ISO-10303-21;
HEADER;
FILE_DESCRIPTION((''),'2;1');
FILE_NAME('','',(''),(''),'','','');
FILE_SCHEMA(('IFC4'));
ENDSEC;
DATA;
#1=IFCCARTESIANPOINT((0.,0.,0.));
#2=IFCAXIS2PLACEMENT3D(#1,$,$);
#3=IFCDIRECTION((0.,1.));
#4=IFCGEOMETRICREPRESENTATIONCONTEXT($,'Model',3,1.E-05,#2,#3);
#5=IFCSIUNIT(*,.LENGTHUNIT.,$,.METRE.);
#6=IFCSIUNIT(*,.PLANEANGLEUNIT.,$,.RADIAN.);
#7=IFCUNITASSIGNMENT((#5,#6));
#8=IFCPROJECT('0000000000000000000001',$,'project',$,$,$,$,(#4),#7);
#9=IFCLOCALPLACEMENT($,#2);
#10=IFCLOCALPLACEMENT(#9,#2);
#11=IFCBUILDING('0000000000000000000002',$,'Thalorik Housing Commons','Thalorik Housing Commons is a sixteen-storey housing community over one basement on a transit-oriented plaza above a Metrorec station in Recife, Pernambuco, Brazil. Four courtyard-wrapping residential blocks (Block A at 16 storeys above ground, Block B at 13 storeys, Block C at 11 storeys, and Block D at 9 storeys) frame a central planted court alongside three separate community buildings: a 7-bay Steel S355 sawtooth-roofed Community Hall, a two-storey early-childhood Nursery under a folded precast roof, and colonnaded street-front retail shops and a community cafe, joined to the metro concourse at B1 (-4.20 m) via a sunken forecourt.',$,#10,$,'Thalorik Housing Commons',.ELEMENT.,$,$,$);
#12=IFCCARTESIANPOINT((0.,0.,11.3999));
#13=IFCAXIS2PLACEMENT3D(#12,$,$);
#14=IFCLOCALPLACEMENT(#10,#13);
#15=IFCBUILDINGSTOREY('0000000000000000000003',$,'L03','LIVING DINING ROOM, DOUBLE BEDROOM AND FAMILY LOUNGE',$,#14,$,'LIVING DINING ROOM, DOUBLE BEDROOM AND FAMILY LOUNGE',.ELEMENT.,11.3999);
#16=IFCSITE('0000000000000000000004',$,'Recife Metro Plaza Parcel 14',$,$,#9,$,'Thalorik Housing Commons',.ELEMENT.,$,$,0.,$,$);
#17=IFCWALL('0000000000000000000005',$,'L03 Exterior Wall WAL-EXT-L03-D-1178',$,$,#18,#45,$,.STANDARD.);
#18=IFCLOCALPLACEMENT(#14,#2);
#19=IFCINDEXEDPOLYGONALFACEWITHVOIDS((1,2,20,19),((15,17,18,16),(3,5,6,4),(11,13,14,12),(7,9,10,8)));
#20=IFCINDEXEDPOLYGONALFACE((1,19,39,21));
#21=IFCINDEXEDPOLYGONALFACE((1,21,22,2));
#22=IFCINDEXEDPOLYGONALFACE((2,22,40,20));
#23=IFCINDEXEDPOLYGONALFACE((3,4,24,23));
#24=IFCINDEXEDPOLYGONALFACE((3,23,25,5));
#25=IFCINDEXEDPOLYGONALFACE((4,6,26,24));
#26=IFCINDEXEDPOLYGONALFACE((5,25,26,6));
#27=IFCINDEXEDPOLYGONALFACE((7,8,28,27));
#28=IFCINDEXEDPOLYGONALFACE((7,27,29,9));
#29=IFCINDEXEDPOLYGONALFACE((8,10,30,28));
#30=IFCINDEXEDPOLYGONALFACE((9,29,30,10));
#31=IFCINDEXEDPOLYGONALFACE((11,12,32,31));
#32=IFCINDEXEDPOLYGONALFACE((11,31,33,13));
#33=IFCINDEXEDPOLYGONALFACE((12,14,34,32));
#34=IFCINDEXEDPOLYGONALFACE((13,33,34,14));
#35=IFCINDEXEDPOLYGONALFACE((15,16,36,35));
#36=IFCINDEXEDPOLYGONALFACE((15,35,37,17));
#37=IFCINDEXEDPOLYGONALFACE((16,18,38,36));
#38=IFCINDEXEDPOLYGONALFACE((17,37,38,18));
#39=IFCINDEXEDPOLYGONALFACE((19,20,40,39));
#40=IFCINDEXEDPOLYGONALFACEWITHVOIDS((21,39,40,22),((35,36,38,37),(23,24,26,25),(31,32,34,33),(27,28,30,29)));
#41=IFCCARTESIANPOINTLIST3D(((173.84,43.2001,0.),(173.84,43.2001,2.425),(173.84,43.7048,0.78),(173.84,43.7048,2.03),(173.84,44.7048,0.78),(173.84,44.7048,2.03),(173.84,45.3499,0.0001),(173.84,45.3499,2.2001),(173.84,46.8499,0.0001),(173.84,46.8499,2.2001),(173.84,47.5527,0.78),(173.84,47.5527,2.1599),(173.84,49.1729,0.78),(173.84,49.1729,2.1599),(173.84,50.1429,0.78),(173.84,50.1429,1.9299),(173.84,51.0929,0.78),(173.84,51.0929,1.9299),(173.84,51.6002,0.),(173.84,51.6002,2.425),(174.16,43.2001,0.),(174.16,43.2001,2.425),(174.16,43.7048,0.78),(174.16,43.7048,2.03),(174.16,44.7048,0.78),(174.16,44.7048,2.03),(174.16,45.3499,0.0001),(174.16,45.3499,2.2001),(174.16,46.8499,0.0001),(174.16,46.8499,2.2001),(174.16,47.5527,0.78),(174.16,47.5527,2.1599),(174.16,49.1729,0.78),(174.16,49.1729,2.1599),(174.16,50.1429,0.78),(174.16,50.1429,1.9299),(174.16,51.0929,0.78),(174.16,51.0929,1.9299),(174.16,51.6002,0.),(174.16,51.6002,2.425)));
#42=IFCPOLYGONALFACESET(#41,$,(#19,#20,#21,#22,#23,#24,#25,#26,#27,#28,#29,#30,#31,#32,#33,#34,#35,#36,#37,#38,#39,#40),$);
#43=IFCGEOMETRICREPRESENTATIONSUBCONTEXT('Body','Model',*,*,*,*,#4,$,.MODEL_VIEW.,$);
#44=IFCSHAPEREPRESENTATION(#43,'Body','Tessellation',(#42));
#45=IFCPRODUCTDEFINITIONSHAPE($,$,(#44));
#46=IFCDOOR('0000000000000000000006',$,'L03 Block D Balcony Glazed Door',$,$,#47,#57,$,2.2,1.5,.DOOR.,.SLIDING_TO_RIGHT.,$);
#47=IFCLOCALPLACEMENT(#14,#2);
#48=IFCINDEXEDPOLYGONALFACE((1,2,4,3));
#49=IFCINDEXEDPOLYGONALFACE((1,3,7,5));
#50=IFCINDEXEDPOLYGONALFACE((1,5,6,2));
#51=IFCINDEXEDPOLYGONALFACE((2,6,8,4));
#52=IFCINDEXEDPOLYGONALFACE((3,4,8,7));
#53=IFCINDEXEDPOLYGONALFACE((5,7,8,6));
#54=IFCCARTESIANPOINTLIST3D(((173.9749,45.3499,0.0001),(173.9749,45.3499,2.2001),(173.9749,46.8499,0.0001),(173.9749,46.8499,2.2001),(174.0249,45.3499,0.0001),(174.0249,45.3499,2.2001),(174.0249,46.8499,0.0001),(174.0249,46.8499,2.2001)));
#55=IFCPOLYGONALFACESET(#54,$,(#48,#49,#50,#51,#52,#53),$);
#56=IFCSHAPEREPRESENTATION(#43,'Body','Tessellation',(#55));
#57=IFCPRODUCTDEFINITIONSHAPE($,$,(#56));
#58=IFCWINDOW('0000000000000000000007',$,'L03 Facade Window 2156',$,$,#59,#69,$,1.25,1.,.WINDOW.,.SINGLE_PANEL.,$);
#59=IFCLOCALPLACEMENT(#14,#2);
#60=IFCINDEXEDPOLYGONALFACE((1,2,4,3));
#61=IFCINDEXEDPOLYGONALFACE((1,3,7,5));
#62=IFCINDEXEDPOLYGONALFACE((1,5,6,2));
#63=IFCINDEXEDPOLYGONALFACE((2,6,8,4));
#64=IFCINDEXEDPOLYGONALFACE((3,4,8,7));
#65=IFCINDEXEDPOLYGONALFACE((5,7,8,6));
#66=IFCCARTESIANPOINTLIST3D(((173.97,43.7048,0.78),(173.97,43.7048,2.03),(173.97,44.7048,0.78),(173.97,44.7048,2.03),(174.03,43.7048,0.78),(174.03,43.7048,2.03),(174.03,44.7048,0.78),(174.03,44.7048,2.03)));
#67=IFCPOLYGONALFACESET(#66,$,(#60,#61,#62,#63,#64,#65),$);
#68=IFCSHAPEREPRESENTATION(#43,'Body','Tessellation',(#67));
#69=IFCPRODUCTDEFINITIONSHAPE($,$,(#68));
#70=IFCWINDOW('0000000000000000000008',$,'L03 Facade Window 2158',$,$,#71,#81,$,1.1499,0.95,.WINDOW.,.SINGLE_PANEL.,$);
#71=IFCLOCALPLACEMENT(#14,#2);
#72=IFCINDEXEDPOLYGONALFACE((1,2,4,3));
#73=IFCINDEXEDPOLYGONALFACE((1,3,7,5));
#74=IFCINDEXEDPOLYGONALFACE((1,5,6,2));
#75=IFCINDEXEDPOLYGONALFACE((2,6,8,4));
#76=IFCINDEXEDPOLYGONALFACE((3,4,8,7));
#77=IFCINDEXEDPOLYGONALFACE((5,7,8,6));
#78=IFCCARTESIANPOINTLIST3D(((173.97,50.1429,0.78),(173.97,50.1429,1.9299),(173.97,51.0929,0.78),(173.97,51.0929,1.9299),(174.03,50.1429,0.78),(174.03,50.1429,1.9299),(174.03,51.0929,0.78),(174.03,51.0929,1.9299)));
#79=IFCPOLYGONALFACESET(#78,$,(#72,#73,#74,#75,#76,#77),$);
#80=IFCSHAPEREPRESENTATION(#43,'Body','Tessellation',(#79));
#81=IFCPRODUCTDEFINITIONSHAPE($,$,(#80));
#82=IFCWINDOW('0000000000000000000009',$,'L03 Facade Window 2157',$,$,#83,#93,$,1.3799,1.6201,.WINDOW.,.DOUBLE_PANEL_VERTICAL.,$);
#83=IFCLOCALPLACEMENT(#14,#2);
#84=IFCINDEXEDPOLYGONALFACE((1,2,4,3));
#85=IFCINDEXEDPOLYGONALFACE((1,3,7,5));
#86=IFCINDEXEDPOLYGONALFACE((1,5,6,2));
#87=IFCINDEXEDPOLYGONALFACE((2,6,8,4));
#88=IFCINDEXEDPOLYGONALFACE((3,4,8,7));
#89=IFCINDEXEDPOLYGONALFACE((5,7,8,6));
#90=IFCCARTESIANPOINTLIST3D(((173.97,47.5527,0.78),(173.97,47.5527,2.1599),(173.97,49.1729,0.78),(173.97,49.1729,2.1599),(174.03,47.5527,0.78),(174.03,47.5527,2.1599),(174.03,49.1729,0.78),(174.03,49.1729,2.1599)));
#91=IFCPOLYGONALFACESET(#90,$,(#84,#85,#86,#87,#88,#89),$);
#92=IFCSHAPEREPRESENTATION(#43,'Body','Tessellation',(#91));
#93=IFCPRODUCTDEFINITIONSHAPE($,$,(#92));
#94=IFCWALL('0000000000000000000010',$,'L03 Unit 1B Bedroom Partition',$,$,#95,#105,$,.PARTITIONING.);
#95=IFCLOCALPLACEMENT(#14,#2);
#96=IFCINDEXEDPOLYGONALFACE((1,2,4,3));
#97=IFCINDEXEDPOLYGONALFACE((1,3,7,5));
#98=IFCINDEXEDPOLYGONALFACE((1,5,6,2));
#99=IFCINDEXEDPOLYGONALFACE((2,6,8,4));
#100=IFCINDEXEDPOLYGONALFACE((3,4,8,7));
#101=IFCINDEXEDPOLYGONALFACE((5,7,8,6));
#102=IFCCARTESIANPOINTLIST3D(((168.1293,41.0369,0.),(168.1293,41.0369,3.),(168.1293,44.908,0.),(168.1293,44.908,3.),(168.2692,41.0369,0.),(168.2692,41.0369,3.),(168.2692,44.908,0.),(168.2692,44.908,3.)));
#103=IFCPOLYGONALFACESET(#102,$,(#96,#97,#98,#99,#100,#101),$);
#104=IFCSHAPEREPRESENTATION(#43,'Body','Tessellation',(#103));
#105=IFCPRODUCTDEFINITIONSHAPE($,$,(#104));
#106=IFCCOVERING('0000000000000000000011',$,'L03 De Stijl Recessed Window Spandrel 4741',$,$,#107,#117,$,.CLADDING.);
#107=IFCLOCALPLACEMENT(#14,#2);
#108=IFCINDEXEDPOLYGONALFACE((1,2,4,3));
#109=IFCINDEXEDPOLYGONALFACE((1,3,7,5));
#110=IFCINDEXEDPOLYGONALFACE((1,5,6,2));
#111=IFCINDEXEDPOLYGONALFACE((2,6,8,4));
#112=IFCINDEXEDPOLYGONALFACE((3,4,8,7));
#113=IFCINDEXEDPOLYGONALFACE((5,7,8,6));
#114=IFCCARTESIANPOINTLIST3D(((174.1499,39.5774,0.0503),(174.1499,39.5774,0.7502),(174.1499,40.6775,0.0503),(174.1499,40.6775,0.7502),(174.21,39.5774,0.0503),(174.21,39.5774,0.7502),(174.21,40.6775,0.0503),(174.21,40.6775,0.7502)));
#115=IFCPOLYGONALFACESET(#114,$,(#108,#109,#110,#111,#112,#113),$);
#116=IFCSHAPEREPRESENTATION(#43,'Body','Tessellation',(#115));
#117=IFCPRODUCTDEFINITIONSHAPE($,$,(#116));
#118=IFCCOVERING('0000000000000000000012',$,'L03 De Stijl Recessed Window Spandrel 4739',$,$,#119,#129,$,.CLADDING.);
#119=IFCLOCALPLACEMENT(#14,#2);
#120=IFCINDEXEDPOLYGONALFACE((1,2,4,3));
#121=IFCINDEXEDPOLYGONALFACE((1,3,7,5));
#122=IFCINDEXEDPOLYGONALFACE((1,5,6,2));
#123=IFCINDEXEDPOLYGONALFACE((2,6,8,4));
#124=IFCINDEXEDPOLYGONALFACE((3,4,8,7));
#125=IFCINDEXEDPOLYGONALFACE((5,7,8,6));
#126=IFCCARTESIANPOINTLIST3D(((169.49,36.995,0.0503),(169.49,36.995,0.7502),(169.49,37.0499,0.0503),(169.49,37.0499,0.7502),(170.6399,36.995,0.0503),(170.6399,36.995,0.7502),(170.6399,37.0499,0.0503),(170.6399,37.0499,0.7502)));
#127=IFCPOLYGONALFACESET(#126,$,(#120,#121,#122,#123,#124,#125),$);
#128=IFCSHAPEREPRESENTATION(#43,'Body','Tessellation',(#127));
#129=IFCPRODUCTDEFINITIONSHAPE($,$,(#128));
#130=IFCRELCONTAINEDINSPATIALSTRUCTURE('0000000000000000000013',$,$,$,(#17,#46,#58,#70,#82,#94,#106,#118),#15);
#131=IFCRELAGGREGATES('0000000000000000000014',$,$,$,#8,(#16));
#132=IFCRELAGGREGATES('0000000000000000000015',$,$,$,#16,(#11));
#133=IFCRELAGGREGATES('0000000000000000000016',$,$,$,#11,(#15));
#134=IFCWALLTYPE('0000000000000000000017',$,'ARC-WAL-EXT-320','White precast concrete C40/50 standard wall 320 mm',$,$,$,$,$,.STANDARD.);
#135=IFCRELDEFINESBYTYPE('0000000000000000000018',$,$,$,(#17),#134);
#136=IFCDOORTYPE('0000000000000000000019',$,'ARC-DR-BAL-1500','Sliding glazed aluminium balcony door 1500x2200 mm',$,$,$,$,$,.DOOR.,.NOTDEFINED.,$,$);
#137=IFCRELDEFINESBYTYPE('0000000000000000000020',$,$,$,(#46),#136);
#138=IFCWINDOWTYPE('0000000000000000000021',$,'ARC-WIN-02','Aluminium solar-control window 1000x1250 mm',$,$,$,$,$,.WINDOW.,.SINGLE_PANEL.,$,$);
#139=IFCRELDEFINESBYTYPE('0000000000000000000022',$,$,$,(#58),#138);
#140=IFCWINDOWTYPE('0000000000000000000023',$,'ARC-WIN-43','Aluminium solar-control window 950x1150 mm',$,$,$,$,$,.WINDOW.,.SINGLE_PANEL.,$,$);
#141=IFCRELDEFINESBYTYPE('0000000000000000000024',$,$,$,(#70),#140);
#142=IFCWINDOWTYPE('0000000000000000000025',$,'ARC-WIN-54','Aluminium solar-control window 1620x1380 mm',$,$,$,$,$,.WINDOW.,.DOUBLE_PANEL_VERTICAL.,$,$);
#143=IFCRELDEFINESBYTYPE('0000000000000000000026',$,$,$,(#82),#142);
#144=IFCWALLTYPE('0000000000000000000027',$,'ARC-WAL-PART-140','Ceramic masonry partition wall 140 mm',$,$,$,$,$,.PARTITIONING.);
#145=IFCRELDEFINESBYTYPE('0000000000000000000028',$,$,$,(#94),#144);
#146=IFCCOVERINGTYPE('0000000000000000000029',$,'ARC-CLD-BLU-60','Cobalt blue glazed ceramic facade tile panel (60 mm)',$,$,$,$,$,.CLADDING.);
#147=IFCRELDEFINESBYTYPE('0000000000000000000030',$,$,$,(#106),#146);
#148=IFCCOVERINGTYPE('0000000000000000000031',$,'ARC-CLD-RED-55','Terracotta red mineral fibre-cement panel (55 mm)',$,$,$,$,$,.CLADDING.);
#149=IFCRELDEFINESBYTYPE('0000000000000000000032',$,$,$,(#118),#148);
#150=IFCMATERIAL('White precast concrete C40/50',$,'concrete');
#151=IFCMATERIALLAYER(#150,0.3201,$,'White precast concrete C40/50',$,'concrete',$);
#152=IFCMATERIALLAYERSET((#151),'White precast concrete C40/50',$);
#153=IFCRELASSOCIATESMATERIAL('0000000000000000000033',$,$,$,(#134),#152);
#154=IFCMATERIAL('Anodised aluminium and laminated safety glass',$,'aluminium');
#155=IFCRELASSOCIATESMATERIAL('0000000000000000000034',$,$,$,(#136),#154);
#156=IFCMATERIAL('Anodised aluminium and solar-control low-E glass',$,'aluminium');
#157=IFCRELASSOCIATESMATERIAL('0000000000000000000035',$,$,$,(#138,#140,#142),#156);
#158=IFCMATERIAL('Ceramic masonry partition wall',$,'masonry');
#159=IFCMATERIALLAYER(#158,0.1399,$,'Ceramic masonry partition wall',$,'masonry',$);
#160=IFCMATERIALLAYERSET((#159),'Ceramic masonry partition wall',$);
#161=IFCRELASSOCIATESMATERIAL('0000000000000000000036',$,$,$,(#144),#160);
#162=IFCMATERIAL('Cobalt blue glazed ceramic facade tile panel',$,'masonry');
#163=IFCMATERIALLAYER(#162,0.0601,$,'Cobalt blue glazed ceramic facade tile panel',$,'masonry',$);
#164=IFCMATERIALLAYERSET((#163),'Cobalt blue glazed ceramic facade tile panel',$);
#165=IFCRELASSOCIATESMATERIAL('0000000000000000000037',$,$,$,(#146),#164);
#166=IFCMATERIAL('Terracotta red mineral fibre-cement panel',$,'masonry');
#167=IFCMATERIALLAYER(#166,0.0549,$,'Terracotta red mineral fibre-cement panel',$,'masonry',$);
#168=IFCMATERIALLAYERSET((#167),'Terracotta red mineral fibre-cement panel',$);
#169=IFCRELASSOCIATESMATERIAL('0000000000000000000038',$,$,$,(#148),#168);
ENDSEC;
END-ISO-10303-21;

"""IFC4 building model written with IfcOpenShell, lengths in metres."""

from ifc_helpers import new_model, si_unit, direction, frame, frame_2d, origin, origin_2d, place, context, subcontext, project, spatial, rectangle, extrude, material, layer, layer_set, type_object, element, fill, save


model = new_model("IFC4")

# Units and contexts
model_context = context("Model", 3, precision=1e-05, world=origin(), true_north=direction((0.0, 1.0)))
body_context = subcontext(model_context, "Body", "Model", "MODEL_VIEW")
ifc_project = project(units=[si_unit("LENGTHUNIT", "METRE"), si_unit("PLANEANGLEUNIT", "RADIAN")], contexts=[model_context])

# Site, building, storey
site_placement = place(None, origin())
site = spatial("IfcSite", under=ifc_project, at=site_placement, Name="Recife Metro Plaza Parcel 14", LongName="Thalorik Housing Commons", CompositionType="ELEMENT", RefElevation=0.0)
building_placement = place(site_placement, origin())
building = spatial("IfcBuilding", under=site, at=building_placement, Name="Thalorik Housing Commons", Description="Thalorik Housing Commons is a sixteen-storey housing community over one basement on a transit-oriented plaza above a Metrorec station in Recife, Pernambuco, Brazil. Four courtyard-wrapping residential blocks (Block A at 16 storeys above ground, Block B at 13 storeys, Block C at 11 storeys, and Block D at 9 storeys) frame a central planted court alongside three separate community buildings: a 7-bay Steel S355 sawtooth-roofed Community Hall, a two-storey early-childhood Nursery under a folded precast roof, and colonnaded street-front retail shops and a community cafe, joined to the metro concourse at B1 (-4.20 m) via a sunken forecourt.", LongName="Thalorik Housing Commons", CompositionType="ELEMENT")
storey_placement = place(building_placement, frame((0.0, 0.0, 11.3999)))
storey = spatial("IfcBuildingStorey", under=building, at=storey_placement, Name="L03", Description="LIVING DINING ROOM, DOUBLE BEDROOM AND FAMILY LOUNGE", LongName="LIVING DINING ROOM, DOUBLE BEDROOM AND FAMILY LOUNGE", CompositionType="ELEMENT", Elevation=11.3999)

# Wall, openings, door, windows
ifc_material_1 = material(Name="White precast concrete C40/50", Category="concrete")
ifc_layer_1 = layer(ifc_material_1, 0.3201, Name="White precast concrete C40/50", Category="concrete")
ifc_layer_set_1 = layer_set([ifc_layer_1], Name="White precast concrete C40/50")
wall_type_1 = type_object("IfcWallType", Name="ARC-WAL-EXT-320", Description="White precast concrete C40/50 standard wall 320 mm", PredefinedType="STANDARD", material=ifc_layer_set_1)
ifc_material_2 = material(Name="Anodised aluminium and laminated safety glass", Category="aluminium")
ifc_material_3 = material(Name="Anodised aluminium and solar-control low-E glass", Category="aluminium")
wall_1_placement = place(storey_placement, frame((174.0, 43.2, 0.0), z_axis=(0.0, 0.0, 1.0), x_axis=(0.0, 1.0, 0.0)))
wall_1 = element("IfcWall", 1, at=wall_1_placement, inside=storey, type_object=wall_type_1, Name="L03 Exterior Wall WAL-EXT-L03-D-1178", PredefinedType="STANDARD", context=body_context, shape_type="SweptSolid", body=[
    extrude(rectangle(XDim=8.4001, YDim=0.3201, at=frame_2d((4.2002, 0.0))), origin(), (0.0, 0.0, 1.0), 2.425),
])
opening_1_placement = place(wall_1_placement, frame((2.1499, 0.0, 0.0)))
opening_1 = element("IfcOpeningElement", 2, at=opening_1_placement, cuts=wall_1, PredefinedType="OPENING", context=body_context, shape_type="SweptSolid", body=[
    extrude(rectangle(XDim=1.5, YDim=2.2, at=frame_2d((0.75, 1.1001))), frame((0.0, 0.1699, 0.0), z_axis=(0.0, -1.0, 0.0), x_axis=(1.0, 0.0, 0.0)), (0.0, 0.0, 1.0), 0.3401),
])
opening_2_placement = place(wall_1_placement, frame((0.5049, 0.0, 0.78)))
opening_2 = element("IfcOpeningElement", 3, at=opening_2_placement, cuts=wall_1, PredefinedType="OPENING", context=body_context, shape_type="SweptSolid", body=[
    extrude(rectangle(XDim=1.0, YDim=1.25, at=frame_2d((0.5, 0.625))), frame((0.0, 0.1699, 0.0), z_axis=(0.0, -1.0, 0.0), x_axis=(1.0, 0.0, 0.0)), (0.0, 0.0, 1.0), 0.3401),
])
opening_3_placement = place(wall_1_placement, frame((4.3528, 0.0, 0.78)))
opening_3 = element("IfcOpeningElement", 4, at=opening_3_placement, cuts=wall_1, PredefinedType="OPENING", context=body_context, shape_type="SweptSolid", body=[
    extrude(rectangle(XDim=1.6201, YDim=1.3799, at=frame_2d((0.8101, 0.6899))), frame((0.0, 0.1699, 0.0), z_axis=(0.0, -1.0, 0.0), x_axis=(1.0, 0.0, 0.0)), (0.0, 0.0, 1.0), 0.3401),
])
opening_4_placement = place(wall_1_placement, frame((6.9429, 0.0, 0.78)))
opening_4 = element("IfcOpeningElement", 5, at=opening_4_placement, cuts=wall_1, PredefinedType="OPENING", context=body_context, shape_type="SweptSolid", body=[
    extrude(rectangle(XDim=0.95, YDim=1.1499, at=frame_2d((0.4751, 0.575))), frame((0.0, 0.1699, 0.0), z_axis=(0.0, -1.0, 0.0), x_axis=(1.0, 0.0, 0.0)), (0.0, 0.0, 1.0), 0.3401),
])
door_type_1 = type_object("IfcDoorType", Name="ARC-DR-BAL-1500", Description="Sliding glazed aluminium balcony door 1500x2200 mm", OperationType="NOTDEFINED", PredefinedType="DOOR", material=ifc_material_2)
door_1_placement = place(opening_1_placement, frame((1.5, 0.0, 0.0), z_axis=(0.0, 0.0, 1.0), x_axis=(-1.0, 0.0, 0.0)))
door_1 = element("IfcDoor", 6, at=door_1_placement, inside=storey, type_object=door_type_1, Name="L03 Block D Balcony Glazed Door", OperationType="SLIDING_TO_RIGHT", OverallHeight=2.2, OverallWidth=1.5, PredefinedType="DOOR", context=body_context, shape_type="SweptSolid", body=[
    extrude(rectangle(XDim=1.5, YDim=2.2, at=frame_2d((0.75, 1.1001))), frame((0.0, 0.0249, 0.0), z_axis=(0.0, -1.0, 0.0), x_axis=(1.0, 0.0, 0.0)), (0.0, 0.0, 1.0), 0.05),
])
fill(opening_1, door_1)
window_type_1 = type_object("IfcWindowType", Name="ARC-WIN-02", Description="Aluminium solar-control window 1000x1250 mm", PartitioningType="SINGLE_PANEL", PredefinedType="WINDOW", material=ifc_material_3)
window_1_placement = place(opening_2_placement, origin())
window_1 = element("IfcWindow", 7, at=window_1_placement, inside=storey, type_object=window_type_1, Name="L03 Facade Window 2156", OverallHeight=1.25, OverallWidth=1.0, PartitioningType="SINGLE_PANEL", PredefinedType="WINDOW", context=body_context, shape_type="SweptSolid", body=[
    extrude(rectangle(XDim=1.0, YDim=1.25, at=frame_2d((0.5, 0.625))), frame((0.0, 0.03, 0.0), z_axis=(0.0, -1.0, 0.0), x_axis=(1.0, 0.0, 0.0)), (0.0, 0.0, 1.0), 0.0601),
])
fill(opening_2, window_1)
window_type_2 = type_object("IfcWindowType", Name="ARC-WIN-43", Description="Aluminium solar-control window 950x1150 mm", PartitioningType="SINGLE_PANEL", PredefinedType="WINDOW", material=ifc_material_3)
window_2_placement = place(opening_4_placement, origin())
window_2 = element("IfcWindow", 8, at=window_2_placement, inside=storey, type_object=window_type_2, Name="L03 Facade Window 2158", OverallHeight=1.1499, OverallWidth=0.95, PartitioningType="SINGLE_PANEL", PredefinedType="WINDOW", context=body_context, shape_type="SweptSolid", body=[
    extrude(rectangle(XDim=0.95, YDim=1.1499, at=frame_2d((0.4751, 0.575))), frame((0.0, 0.03, 0.0), z_axis=(0.0, -1.0, 0.0), x_axis=(1.0, 0.0, 0.0)), (0.0, 0.0, 1.0), 0.0601),
])
fill(opening_4, window_2)
window_type_3 = type_object("IfcWindowType", Name="ARC-WIN-54", Description="Aluminium solar-control window 1620x1380 mm", PartitioningType="DOUBLE_PANEL_VERTICAL", PredefinedType="WINDOW", material=ifc_material_3)
window_3_placement = place(opening_3_placement, origin())
window_3 = element("IfcWindow", 9, at=window_3_placement, inside=storey, type_object=window_type_3, Name="L03 Facade Window 2157", OverallHeight=1.3799, OverallWidth=1.6201, PartitioningType="DOUBLE_PANEL_VERTICAL", PredefinedType="WINDOW", context=body_context, shape_type="SweptSolid", body=[
    extrude(rectangle(XDim=1.6201, YDim=1.3799, at=frame_2d((0.8101, 0.6899))), frame((0.0, 0.03, 0.0), z_axis=(0.0, -1.0, 0.0), x_axis=(1.0, 0.0, 0.0)), (0.0, 0.0, 1.0), 0.0601),
])
fill(opening_3, window_3)

# Wall
ifc_material_4 = material(Name="Ceramic masonry partition wall", Category="masonry")
ifc_layer_2 = layer(ifc_material_4, 0.1399, Name="Ceramic masonry partition wall", Category="masonry")
ifc_layer_set_2 = layer_set([ifc_layer_2], Name="Ceramic masonry partition wall")
wall_type_2 = type_object("IfcWallType", Name="ARC-WAL-PART-140", Description="Ceramic masonry partition wall 140 mm", PredefinedType="PARTITIONING", material=ifc_layer_set_2)
wall_2_placement = place(storey_placement, frame((168.1992, 41.0369, 0.0), z_axis=(0.0, 0.0, 1.0), x_axis=(0.0, 1.0, 0.0)))
element("IfcWall", 10, at=wall_2_placement, inside=storey, type_object=wall_type_2, Name="L03 Unit 1B Bedroom Partition", PredefinedType="PARTITIONING", context=body_context, shape_type="SweptSolid", body=[
    extrude(rectangle(XDim=3.8711, YDim=0.1399, at=frame_2d((1.9355, 0.0))), origin(), (0.0, 0.0, 1.0), 3.0),
])

# Coverings
ifc_material_5 = material(Name="Cobalt blue glazed ceramic facade tile panel", Category="masonry")
ifc_layer_3 = layer(ifc_material_5, 0.0601, Name="Cobalt blue glazed ceramic facade tile panel", Category="masonry")
ifc_layer_set_3 = layer_set([ifc_layer_3], Name="Cobalt blue glazed ceramic facade tile panel")
covering_type_1 = type_object("IfcCoveringType", Name="ARC-CLD-BLU-60", Description="Cobalt blue glazed ceramic facade tile panel (60 mm)", PredefinedType="CLADDING", material=ifc_layer_set_3)
covering_1_placement = place(storey_placement, frame((174.1799, 40.1274, 0.0503), z_axis=(0.0, 0.0, 1.0), x_axis=(0.0, 1.0, 0.0)))
element("IfcCovering", 11, at=covering_1_placement, inside=storey, type_object=covering_type_1, Name="L03 De Stijl Recessed Window Spandrel 4741", PredefinedType="CLADDING", context=body_context, shape_type="SweptSolid", body=[
    extrude(rectangle(XDim=1.1001, YDim=0.0601, at=origin_2d()), origin(), (0.0, 0.0, 1.0), 0.7),
])
ifc_material_6 = material(Name="Terracotta red mineral fibre-cement panel", Category="masonry")
ifc_layer_4 = layer(ifc_material_6, 0.0549, Name="Terracotta red mineral fibre-cement panel", Category="masonry")
ifc_layer_set_4 = layer_set([ifc_layer_4], Name="Terracotta red mineral fibre-cement panel")
covering_type_2 = type_object("IfcCoveringType", Name="ARC-CLD-RED-55", Description="Terracotta red mineral fibre-cement panel (55 mm)", PredefinedType="CLADDING", material=ifc_layer_set_4)
covering_2_placement = place(storey_placement, frame((170.0649, 37.0225, 0.0503), z_axis=(0.0, 0.0, 1.0), x_axis=(1.0, 0.0, 0.0)))
element("IfcCovering", 12, at=covering_2_placement, inside=storey, type_object=covering_type_2, Name="L03 De Stijl Recessed Window Spandrel 4739", PredefinedType="CLADDING", context=body_context, shape_type="SweptSolid", body=[
    extrude(rectangle(XDim=1.1499, YDim=0.0549, at=origin_2d()), origin(), (0.0, 0.0, 1.0), 0.7),
])

save(model, "model.ifc")
